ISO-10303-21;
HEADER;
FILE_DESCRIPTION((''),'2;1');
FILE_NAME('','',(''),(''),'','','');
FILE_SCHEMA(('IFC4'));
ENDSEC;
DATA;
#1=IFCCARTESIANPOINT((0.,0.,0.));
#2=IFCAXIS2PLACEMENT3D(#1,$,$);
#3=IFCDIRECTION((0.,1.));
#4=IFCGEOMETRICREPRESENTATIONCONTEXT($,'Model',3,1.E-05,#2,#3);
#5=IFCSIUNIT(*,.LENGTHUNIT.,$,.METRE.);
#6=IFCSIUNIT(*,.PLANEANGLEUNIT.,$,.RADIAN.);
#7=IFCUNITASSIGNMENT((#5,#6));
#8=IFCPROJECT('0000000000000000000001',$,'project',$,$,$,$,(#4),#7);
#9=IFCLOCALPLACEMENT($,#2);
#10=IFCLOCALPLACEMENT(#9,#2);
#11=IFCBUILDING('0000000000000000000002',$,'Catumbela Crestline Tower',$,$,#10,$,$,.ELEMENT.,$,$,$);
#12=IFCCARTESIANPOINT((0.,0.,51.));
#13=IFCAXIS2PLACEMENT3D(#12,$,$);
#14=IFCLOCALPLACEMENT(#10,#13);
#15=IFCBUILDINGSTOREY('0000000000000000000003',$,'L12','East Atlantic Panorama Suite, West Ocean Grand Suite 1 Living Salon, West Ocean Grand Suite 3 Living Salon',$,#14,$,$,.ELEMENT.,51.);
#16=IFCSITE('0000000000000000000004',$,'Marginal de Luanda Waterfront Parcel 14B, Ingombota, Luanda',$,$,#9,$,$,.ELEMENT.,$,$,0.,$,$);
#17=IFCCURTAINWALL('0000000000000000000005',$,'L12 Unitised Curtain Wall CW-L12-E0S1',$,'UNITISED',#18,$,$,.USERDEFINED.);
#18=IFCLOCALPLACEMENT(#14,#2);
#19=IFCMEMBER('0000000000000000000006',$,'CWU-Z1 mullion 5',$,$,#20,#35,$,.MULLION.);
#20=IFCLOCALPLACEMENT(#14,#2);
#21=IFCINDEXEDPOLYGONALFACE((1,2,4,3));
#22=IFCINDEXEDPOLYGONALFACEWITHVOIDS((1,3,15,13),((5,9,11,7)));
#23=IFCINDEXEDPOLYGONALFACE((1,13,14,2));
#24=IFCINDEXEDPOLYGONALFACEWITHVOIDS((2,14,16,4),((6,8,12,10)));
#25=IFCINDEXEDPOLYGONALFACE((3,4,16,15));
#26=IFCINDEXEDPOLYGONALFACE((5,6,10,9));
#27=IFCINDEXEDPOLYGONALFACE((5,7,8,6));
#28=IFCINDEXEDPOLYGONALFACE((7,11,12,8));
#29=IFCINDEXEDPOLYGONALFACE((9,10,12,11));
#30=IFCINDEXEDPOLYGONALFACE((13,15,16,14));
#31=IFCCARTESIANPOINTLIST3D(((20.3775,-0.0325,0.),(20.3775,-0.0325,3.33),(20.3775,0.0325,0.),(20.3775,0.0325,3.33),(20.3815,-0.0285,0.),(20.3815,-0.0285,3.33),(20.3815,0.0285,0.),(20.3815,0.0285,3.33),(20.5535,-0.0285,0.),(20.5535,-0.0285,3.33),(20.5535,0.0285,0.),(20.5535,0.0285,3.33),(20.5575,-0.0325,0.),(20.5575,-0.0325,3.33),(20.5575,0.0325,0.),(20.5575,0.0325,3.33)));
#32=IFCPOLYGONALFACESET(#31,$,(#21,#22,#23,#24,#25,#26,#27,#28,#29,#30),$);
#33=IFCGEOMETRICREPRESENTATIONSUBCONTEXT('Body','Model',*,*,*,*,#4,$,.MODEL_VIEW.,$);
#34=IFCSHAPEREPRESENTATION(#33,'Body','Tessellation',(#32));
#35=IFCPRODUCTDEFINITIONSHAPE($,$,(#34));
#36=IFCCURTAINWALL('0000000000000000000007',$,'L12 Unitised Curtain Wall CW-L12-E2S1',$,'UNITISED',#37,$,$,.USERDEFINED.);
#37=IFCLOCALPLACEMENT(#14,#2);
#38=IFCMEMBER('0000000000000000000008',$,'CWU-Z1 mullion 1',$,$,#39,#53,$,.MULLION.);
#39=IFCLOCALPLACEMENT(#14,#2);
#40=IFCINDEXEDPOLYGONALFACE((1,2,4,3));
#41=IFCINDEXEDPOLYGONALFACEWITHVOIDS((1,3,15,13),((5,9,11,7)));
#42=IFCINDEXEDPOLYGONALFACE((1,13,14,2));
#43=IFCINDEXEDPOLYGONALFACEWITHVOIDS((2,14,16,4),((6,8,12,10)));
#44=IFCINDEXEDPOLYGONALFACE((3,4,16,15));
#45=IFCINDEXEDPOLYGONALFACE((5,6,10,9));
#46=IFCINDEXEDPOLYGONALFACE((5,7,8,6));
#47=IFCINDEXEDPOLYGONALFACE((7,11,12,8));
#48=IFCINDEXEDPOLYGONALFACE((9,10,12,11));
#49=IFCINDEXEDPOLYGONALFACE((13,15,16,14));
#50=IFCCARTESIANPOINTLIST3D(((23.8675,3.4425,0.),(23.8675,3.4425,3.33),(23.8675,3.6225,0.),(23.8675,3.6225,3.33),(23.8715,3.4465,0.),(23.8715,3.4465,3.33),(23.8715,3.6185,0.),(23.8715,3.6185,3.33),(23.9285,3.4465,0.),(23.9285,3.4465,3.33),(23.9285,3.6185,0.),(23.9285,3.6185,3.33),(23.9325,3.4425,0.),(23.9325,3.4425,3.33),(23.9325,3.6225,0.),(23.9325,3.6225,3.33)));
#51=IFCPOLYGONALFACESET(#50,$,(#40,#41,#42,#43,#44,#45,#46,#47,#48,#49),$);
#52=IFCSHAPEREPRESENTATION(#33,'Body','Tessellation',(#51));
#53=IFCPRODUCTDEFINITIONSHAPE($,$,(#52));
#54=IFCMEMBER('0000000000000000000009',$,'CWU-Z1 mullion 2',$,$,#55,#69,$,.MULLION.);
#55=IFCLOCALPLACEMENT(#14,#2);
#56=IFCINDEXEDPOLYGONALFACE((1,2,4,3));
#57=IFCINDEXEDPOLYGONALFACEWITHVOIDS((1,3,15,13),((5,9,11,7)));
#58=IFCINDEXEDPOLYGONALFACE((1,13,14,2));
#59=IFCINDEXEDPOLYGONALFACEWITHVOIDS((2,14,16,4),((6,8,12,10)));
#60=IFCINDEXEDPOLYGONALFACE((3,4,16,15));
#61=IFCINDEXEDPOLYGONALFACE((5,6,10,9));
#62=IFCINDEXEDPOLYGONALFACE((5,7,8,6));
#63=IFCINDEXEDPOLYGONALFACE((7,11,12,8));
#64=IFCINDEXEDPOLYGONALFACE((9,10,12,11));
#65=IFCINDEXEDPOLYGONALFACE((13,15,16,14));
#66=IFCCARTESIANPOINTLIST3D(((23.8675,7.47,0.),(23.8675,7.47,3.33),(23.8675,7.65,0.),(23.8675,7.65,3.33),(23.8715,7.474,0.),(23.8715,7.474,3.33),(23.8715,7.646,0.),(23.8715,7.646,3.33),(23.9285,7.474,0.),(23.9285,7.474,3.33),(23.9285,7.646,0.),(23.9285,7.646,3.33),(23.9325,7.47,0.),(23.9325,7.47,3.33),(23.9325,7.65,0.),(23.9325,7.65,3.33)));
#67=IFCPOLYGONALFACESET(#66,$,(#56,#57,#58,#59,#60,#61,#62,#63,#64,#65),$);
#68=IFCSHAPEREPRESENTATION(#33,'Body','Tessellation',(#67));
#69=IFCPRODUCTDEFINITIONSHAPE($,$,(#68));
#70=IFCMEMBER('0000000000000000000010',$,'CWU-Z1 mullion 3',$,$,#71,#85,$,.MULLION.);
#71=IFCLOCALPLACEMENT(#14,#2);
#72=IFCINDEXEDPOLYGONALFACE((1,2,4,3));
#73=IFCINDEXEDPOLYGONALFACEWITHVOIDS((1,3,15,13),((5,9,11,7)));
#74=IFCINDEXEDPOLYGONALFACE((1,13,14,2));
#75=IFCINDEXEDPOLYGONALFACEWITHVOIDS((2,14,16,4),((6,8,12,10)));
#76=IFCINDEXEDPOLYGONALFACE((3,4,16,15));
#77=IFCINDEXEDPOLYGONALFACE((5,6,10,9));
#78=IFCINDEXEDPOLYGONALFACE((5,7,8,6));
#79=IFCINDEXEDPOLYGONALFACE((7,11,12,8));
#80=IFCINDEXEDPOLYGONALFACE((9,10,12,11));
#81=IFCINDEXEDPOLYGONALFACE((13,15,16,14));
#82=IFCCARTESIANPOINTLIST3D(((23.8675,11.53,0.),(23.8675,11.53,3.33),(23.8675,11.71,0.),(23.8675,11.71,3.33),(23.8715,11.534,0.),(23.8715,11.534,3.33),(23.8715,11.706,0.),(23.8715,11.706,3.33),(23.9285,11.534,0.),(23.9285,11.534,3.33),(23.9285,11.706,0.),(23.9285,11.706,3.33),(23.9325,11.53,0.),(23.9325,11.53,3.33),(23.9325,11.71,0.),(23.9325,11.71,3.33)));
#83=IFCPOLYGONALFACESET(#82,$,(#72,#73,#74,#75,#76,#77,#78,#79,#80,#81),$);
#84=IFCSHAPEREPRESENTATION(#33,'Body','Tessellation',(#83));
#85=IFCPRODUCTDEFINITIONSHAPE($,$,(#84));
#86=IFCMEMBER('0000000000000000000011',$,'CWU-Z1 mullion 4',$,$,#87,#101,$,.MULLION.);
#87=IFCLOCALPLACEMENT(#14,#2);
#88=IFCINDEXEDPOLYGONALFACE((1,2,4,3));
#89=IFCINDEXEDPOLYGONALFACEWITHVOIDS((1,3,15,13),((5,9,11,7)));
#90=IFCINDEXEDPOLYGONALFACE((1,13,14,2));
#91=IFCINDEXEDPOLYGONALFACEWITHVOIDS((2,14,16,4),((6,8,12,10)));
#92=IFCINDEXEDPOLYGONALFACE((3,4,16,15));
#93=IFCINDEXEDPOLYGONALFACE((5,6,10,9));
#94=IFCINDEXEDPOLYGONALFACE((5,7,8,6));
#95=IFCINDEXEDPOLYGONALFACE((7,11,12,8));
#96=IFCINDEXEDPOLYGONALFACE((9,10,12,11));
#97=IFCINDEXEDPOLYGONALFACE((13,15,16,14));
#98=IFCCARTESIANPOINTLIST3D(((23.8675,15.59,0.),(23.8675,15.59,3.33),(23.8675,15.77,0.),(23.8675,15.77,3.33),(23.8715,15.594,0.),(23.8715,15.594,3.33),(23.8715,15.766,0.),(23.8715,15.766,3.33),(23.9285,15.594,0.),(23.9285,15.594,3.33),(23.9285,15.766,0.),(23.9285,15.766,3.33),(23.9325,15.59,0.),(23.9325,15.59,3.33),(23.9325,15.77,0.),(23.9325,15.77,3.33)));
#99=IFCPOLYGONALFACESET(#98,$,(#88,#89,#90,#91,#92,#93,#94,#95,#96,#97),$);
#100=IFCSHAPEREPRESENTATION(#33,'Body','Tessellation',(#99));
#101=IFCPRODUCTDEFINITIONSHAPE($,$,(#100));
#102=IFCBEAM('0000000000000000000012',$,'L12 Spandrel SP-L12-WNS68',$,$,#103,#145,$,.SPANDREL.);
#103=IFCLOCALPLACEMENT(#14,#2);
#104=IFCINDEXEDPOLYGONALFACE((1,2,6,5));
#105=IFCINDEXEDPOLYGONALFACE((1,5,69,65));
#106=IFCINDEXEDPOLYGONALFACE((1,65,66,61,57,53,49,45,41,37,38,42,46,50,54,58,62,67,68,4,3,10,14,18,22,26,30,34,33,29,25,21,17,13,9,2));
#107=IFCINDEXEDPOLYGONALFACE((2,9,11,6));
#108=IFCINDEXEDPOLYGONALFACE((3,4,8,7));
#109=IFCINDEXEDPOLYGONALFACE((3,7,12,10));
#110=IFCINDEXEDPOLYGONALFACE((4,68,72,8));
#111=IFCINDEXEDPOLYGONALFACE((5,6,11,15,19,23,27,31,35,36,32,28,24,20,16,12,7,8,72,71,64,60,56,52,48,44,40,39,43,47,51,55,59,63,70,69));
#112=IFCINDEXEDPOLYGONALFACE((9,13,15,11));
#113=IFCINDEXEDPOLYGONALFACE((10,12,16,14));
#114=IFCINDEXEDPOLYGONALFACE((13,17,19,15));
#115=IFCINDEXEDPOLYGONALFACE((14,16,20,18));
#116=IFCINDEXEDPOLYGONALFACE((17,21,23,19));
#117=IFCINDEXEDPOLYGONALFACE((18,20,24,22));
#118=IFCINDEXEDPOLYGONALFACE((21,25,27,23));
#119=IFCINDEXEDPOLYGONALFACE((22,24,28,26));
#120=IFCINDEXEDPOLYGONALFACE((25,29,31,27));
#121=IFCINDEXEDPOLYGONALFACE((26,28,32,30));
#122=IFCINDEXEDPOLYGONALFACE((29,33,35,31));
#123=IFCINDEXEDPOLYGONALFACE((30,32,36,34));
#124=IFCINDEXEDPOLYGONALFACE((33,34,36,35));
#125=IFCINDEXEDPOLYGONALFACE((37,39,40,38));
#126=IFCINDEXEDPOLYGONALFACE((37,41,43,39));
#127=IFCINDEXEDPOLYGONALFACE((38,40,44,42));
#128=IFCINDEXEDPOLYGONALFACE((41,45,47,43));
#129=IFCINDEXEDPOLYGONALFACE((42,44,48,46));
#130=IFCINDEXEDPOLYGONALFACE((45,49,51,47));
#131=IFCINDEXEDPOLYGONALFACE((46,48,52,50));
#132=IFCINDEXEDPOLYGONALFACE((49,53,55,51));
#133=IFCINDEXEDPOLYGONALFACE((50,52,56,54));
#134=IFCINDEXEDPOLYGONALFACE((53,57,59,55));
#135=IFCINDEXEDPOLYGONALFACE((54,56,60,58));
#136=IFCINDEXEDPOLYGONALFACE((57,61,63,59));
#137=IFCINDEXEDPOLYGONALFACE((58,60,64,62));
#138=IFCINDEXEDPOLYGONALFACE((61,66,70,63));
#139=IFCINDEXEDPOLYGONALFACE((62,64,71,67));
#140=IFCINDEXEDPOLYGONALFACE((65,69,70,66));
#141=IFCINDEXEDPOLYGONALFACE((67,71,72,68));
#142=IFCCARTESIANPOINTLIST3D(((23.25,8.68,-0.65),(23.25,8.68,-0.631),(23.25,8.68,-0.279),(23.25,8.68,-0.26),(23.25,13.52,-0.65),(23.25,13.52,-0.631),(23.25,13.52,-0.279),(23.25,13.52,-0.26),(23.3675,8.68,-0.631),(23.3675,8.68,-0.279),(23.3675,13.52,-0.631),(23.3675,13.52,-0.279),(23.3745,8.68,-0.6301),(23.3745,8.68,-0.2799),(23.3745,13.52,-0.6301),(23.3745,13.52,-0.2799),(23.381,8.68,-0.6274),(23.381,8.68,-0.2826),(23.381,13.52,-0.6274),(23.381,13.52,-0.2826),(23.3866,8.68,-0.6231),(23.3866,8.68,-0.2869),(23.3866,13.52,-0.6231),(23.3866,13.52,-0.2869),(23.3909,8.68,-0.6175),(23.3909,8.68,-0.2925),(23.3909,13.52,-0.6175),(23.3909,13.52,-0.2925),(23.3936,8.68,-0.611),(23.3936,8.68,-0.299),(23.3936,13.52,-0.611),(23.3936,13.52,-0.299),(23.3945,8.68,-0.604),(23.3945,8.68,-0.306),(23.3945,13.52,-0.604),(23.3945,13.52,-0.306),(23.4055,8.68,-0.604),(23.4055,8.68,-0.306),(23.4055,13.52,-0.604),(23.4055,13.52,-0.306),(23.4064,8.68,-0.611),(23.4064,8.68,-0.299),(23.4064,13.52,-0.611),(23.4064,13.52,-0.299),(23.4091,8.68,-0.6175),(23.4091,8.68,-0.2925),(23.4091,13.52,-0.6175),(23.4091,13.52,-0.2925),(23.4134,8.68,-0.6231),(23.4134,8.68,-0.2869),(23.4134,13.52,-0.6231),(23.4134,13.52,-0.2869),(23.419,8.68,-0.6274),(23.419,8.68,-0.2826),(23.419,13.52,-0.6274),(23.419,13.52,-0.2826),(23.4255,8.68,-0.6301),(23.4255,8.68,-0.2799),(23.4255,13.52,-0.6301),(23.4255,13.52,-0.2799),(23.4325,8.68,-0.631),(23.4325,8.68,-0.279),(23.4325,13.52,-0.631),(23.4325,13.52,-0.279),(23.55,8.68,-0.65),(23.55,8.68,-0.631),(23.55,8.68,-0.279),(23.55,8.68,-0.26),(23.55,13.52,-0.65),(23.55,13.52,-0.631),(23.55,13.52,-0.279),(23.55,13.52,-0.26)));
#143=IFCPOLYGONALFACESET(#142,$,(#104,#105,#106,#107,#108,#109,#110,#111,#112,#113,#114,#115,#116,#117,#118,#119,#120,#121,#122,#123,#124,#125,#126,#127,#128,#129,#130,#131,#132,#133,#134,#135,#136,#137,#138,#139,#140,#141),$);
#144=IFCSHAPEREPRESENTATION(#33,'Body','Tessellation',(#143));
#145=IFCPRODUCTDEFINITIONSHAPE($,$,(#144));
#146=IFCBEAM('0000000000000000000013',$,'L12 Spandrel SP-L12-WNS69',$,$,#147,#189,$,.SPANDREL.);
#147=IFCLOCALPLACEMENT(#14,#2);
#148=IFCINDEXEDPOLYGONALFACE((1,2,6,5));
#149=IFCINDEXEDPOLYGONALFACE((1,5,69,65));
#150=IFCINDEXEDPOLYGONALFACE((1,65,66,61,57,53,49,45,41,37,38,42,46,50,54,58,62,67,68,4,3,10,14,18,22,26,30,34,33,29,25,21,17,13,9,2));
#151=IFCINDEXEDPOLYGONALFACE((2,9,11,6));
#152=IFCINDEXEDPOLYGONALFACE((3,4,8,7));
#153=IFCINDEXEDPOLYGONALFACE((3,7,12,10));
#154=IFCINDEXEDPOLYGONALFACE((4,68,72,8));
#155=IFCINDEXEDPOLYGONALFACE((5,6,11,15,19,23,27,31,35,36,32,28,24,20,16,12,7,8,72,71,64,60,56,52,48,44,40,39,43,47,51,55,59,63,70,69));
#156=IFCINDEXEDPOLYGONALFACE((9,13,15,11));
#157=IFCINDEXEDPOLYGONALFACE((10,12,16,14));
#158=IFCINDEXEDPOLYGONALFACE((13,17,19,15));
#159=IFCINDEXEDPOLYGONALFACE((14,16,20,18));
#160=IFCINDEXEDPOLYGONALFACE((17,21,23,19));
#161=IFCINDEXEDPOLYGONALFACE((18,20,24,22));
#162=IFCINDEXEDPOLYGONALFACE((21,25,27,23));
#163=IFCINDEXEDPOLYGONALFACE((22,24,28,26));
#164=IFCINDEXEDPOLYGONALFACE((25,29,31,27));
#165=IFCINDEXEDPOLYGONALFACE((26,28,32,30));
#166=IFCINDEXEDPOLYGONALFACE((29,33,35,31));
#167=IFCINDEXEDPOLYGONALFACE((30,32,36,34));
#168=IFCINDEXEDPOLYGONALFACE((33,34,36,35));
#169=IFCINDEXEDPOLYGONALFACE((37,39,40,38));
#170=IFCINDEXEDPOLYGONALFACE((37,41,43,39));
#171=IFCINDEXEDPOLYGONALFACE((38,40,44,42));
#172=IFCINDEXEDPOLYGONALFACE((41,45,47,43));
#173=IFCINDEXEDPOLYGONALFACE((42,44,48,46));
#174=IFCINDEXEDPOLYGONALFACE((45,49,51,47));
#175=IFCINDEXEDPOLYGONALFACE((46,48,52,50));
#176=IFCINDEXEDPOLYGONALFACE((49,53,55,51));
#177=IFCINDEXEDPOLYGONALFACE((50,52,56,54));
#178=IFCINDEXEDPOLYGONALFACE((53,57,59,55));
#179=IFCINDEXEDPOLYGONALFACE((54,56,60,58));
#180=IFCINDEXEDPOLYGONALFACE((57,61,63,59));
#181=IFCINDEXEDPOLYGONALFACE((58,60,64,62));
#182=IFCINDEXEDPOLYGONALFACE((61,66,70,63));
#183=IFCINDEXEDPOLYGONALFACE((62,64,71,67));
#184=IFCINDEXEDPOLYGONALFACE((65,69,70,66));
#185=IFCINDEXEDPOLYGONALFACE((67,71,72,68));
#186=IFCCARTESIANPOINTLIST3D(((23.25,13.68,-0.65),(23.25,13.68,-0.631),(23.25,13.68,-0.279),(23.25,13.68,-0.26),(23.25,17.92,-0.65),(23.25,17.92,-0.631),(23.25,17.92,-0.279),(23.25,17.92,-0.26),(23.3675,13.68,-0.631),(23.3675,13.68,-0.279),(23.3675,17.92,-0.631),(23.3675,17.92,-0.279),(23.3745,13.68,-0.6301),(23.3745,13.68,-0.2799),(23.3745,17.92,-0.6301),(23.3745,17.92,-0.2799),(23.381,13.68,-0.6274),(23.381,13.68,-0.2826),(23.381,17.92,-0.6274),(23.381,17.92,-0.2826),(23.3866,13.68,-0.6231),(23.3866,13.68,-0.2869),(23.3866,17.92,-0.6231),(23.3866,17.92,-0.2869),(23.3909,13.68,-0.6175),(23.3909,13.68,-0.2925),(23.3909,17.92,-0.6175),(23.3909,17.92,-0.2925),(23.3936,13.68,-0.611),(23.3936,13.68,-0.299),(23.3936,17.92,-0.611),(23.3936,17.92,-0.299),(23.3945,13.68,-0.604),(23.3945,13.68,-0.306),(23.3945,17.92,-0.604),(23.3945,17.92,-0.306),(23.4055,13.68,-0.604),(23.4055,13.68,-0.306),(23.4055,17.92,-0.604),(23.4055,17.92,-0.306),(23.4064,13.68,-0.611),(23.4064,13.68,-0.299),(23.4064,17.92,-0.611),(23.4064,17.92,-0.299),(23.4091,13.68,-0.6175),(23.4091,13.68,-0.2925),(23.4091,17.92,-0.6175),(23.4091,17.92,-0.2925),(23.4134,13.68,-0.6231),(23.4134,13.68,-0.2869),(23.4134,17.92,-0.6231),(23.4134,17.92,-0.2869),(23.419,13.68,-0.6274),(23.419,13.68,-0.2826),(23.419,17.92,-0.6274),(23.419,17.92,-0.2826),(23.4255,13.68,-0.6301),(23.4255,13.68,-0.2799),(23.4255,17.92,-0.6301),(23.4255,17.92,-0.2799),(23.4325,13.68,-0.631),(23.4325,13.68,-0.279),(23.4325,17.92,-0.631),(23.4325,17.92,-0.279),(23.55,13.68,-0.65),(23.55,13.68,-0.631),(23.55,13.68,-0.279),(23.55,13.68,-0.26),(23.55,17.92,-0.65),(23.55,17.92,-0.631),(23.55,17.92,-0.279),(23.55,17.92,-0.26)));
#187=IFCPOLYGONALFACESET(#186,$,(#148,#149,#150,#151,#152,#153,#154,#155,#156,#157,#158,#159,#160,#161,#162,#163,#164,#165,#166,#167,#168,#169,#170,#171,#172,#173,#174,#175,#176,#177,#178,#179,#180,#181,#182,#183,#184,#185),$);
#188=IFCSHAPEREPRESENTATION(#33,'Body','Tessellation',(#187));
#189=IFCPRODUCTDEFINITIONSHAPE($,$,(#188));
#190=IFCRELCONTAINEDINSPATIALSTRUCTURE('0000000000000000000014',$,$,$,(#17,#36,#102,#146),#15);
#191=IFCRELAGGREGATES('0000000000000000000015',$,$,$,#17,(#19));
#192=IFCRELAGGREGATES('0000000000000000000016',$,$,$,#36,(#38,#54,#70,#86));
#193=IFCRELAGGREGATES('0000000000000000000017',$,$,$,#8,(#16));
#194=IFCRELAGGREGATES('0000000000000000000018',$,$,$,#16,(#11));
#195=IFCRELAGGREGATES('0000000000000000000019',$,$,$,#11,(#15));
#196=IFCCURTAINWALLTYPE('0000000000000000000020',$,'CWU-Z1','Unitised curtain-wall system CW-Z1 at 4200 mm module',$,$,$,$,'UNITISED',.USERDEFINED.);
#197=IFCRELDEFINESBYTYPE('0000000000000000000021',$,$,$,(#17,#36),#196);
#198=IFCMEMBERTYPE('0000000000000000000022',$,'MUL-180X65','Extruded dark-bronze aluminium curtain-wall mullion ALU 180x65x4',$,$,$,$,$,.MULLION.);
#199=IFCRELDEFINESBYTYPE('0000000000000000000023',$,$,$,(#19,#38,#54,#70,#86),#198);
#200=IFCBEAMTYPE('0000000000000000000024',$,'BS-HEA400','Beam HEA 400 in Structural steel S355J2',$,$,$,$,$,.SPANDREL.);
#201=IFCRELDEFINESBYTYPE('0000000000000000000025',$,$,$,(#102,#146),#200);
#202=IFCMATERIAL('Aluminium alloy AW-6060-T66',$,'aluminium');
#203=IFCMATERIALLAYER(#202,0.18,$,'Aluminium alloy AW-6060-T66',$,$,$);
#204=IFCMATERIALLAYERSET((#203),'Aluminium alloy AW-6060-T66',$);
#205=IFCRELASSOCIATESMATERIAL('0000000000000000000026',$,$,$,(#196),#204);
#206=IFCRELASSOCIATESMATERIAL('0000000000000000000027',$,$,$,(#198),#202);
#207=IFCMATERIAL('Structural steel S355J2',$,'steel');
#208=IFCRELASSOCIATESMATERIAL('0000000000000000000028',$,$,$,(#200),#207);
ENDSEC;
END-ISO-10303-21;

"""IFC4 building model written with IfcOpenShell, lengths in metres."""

from ifc_helpers import new_model, si_unit, direction, frame, origin, origin_2d, place, context, subcontext, project, spatial, hollow_rectangle, i_section, extrude, material, layer, layer_set, material_profile, profile_set, type_object, element, aggregate, save


model = new_model("IFC4")

# Units and contexts
model_context = context("Model", 3, precision=1e-05, world=origin(), true_north=direction((0.0, 1.0)))
body_context = subcontext(model_context, "Body", "Model", "MODEL_VIEW")
ifc_project = project(units=[si_unit("LENGTHUNIT", "METRE"), si_unit("PLANEANGLEUNIT", "RADIAN")], contexts=[model_context])

# Site, building, storey
site_placement = place(None, origin())
site = spatial("IfcSite", under=ifc_project, at=site_placement, Name="Marginal de Luanda Waterfront Parcel 14B, Ingombota, Luanda", CompositionType="ELEMENT", RefElevation=0.0)
building_placement = place(site_placement, origin())
building = spatial("IfcBuilding", under=site, at=building_placement, Name="Catumbela Crestline Tower", CompositionType="ELEMENT")
storey_placement = place(building_placement, frame((0.0, 0.0, 51.0)))
storey = spatial("IfcBuildingStorey", under=building, at=storey_placement, Name="L12", Description="East Atlantic Panorama Suite, West Ocean Grand Suite 1 Living Salon, West Ocean Grand Suite 3 Living Salon", CompositionType="ELEMENT", Elevation=51.0)

# Shared definitions
ifc_material_1 = material(Name="Structural steel S355J2", Category="steel")

# Curtain wall, member
ifc_material_2 = material(Name="Aluminium alloy AW-6060-T66", Category="aluminium")
ifc_layer_1 = layer(ifc_material_2, 0.18, Name="Aluminium alloy AW-6060-T66")
ifc_layer_set_1 = layer_set([ifc_layer_1], Name="Aluminium alloy AW-6060-T66")
curtain_wall_type = type_object("IfcCurtainWallType", Name="CWU-Z1", Description="Unitised curtain-wall system CW-Z1 at 4200 mm module", ElementType="UNITISED", PredefinedType="USERDEFINED", material=ifc_layer_set_1)
curtain_wall_1_placement = place(storey_placement, origin())
curtain_wall_1 = element("IfcCurtainWall", 1, at=curtain_wall_1_placement, inside=storey, type_object=curtain_wall_type, Name="L12 Unitised Curtain Wall CW-L12-E0S1", ObjectType="UNITISED", PredefinedType="USERDEFINED")
ifc_material_profile_1 = material_profile(ifc_material_2, hollow_rectangle(XDim=0.065, YDim=0.18, WallThickness=0.004, at=origin_2d()), Name="ALU 180x65x4")
ifc_profile_set_1 = profile_set([ifc_material_profile_1], Name="Aluminium alloy AW-6060-T66")
member_type_1 = type_object("IfcMemberType", Name="MUL-180X65", Description="Extruded dark-bronze aluminium curtain-wall mullion ALU 180x65x4", PredefinedType="MULLION", material=ifc_profile_set_1)
member_1_placement = place(storey_placement, frame((20.4675, 0.0, 0.0), z_axis=(0.0, 0.0, 1.0), x_axis=(0.0, 1.0, 0.0)))
member_1 = element("IfcMember", 2, at=member_1_placement, type_object=member_type_1, Name="CWU-Z1 mullion 5", PredefinedType="MULLION", context=body_context, shape_type="SweptSolid", body=[
    extrude(hollow_rectangle(XDim=0.065, YDim=0.18, WallThickness=0.004, at=origin_2d()), origin(), (0.0, 0.0, 1.0), 3.33),
])
aggregate(curtain_wall_1, [member_1])

# Curtain wall, members
curtain_wall_2_placement = place(storey_placement, origin())
curtain_wall_2 = element("IfcCurtainWall", 3, at=curtain_wall_2_placement, inside=storey, type_object=curtain_wall_type, Name="L12 Unitised Curtain Wall CW-L12-E2S1", ObjectType="UNITISED", PredefinedType="USERDEFINED")
member_2_placement = place(storey_placement, frame((23.9, 3.5325, 0.0), z_axis=(0.0, 0.0, 1.0), x_axis=(-1.0, 0.0, 0.0)))
member_2 = element("IfcMember", 4, at=member_2_placement, type_object=member_type_1, Name="CWU-Z1 mullion 1", PredefinedType="MULLION", context=body_context, shape_type="SweptSolid", body=[
    extrude(hollow_rectangle(XDim=0.065, YDim=0.18, WallThickness=0.004, at=origin_2d()), origin(), (0.0, 0.0, 1.0), 3.33),
])
member_3_placement = place(storey_placement, frame((23.9, 7.56, 0.0), z_axis=(0.0, 0.0, 1.0), x_axis=(-1.0, 0.0, 0.0)))
member_3 = element("IfcMember", 5, at=member_3_placement, type_object=member_type_1, Name="CWU-Z1 mullion 2", PredefinedType="MULLION", context=body_context, shape_type="SweptSolid", body=[
    extrude(hollow_rectangle(XDim=0.065, YDim=0.18, WallThickness=0.004, at=origin_2d()), origin(), (0.0, 0.0, 1.0), 3.33),
])
member_4_placement = place(storey_placement, frame((23.9, 11.62, 0.0), z_axis=(0.0, 0.0, 1.0), x_axis=(-1.0, 0.0, 0.0)))
member_4 = element("IfcMember", 6, at=member_4_placement, type_object=member_type_1, Name="CWU-Z1 mullion 3", PredefinedType="MULLION", context=body_context, shape_type="SweptSolid", body=[
    extrude(hollow_rectangle(XDim=0.065, YDim=0.18, WallThickness=0.004, at=origin_2d()), origin(), (0.0, 0.0, 1.0), 3.33),
])
member_5_placement = place(storey_placement, frame((23.9, 15.68, 0.0), z_axis=(0.0, 0.0, 1.0), x_axis=(-1.0, 0.0, 0.0)))
member_5 = element("IfcMember", 7, at=member_5_placement, type_object=member_type_1, Name="CWU-Z1 mullion 4", PredefinedType="MULLION", context=body_context, shape_type="SweptSolid", body=[
    extrude(hollow_rectangle(XDim=0.065, YDim=0.18, WallThickness=0.004, at=origin_2d()), origin(), (0.0, 0.0, 1.0), 3.33),
])

# Beams
ifc_material_profile_2 = material_profile(ifc_material_1, i_section(OverallWidth=0.3, OverallDepth=0.39, WebThickness=0.011, FlangeThickness=0.019, FilletRadius=0.027, at=origin_2d()), Name="HEA 400")
ifc_profile_set_2 = profile_set([ifc_material_profile_2], Name="Structural steel S355J2")
beam_type_1 = type_object("IfcBeamType", Name="BS-HEA400", Description="Beam HEA 400 in Structural steel S355J2", PredefinedType="SPANDREL", material=ifc_profile_set_2)
beam_1_placement = place(storey_placement, frame((23.4, 8.68, -0.455), z_axis=(0.0, 1.0, 0.0), x_axis=(-1.0, 0.0, 0.0)))
element("IfcBeam", 8, at=beam_1_placement, inside=storey, type_object=beam_type_1, Name="L12 Spandrel SP-L12-WNS68", PredefinedType="SPANDREL", context=body_context, shape_type="SweptSolid", body=[
    extrude(i_section(OverallWidth=0.3, OverallDepth=0.39, WebThickness=0.011, FlangeThickness=0.019, FilletRadius=0.027, at=origin_2d()), origin(), (0.0, 0.0, 1.0), 4.84),
])
beam_2_placement = place(storey_placement, frame((23.4, 13.68, -0.455), z_axis=(0.0, 1.0, 0.0), x_axis=(-1.0, 0.0, 0.0)))
element("IfcBeam", 9, at=beam_2_placement, inside=storey, type_object=beam_type_1, Name="L12 Spandrel SP-L12-WNS69", PredefinedType="SPANDREL", context=body_context, shape_type="SweptSolid", body=[
    extrude(i_section(OverallWidth=0.3, OverallDepth=0.39, WebThickness=0.011, FlangeThickness=0.019, FilletRadius=0.027, at=origin_2d()), origin(), (0.0, 0.0, 1.0), 4.24),
])

aggregate(curtain_wall_2, [member_2, member_3, member_4, member_5])

save(model, "model.ifc")
